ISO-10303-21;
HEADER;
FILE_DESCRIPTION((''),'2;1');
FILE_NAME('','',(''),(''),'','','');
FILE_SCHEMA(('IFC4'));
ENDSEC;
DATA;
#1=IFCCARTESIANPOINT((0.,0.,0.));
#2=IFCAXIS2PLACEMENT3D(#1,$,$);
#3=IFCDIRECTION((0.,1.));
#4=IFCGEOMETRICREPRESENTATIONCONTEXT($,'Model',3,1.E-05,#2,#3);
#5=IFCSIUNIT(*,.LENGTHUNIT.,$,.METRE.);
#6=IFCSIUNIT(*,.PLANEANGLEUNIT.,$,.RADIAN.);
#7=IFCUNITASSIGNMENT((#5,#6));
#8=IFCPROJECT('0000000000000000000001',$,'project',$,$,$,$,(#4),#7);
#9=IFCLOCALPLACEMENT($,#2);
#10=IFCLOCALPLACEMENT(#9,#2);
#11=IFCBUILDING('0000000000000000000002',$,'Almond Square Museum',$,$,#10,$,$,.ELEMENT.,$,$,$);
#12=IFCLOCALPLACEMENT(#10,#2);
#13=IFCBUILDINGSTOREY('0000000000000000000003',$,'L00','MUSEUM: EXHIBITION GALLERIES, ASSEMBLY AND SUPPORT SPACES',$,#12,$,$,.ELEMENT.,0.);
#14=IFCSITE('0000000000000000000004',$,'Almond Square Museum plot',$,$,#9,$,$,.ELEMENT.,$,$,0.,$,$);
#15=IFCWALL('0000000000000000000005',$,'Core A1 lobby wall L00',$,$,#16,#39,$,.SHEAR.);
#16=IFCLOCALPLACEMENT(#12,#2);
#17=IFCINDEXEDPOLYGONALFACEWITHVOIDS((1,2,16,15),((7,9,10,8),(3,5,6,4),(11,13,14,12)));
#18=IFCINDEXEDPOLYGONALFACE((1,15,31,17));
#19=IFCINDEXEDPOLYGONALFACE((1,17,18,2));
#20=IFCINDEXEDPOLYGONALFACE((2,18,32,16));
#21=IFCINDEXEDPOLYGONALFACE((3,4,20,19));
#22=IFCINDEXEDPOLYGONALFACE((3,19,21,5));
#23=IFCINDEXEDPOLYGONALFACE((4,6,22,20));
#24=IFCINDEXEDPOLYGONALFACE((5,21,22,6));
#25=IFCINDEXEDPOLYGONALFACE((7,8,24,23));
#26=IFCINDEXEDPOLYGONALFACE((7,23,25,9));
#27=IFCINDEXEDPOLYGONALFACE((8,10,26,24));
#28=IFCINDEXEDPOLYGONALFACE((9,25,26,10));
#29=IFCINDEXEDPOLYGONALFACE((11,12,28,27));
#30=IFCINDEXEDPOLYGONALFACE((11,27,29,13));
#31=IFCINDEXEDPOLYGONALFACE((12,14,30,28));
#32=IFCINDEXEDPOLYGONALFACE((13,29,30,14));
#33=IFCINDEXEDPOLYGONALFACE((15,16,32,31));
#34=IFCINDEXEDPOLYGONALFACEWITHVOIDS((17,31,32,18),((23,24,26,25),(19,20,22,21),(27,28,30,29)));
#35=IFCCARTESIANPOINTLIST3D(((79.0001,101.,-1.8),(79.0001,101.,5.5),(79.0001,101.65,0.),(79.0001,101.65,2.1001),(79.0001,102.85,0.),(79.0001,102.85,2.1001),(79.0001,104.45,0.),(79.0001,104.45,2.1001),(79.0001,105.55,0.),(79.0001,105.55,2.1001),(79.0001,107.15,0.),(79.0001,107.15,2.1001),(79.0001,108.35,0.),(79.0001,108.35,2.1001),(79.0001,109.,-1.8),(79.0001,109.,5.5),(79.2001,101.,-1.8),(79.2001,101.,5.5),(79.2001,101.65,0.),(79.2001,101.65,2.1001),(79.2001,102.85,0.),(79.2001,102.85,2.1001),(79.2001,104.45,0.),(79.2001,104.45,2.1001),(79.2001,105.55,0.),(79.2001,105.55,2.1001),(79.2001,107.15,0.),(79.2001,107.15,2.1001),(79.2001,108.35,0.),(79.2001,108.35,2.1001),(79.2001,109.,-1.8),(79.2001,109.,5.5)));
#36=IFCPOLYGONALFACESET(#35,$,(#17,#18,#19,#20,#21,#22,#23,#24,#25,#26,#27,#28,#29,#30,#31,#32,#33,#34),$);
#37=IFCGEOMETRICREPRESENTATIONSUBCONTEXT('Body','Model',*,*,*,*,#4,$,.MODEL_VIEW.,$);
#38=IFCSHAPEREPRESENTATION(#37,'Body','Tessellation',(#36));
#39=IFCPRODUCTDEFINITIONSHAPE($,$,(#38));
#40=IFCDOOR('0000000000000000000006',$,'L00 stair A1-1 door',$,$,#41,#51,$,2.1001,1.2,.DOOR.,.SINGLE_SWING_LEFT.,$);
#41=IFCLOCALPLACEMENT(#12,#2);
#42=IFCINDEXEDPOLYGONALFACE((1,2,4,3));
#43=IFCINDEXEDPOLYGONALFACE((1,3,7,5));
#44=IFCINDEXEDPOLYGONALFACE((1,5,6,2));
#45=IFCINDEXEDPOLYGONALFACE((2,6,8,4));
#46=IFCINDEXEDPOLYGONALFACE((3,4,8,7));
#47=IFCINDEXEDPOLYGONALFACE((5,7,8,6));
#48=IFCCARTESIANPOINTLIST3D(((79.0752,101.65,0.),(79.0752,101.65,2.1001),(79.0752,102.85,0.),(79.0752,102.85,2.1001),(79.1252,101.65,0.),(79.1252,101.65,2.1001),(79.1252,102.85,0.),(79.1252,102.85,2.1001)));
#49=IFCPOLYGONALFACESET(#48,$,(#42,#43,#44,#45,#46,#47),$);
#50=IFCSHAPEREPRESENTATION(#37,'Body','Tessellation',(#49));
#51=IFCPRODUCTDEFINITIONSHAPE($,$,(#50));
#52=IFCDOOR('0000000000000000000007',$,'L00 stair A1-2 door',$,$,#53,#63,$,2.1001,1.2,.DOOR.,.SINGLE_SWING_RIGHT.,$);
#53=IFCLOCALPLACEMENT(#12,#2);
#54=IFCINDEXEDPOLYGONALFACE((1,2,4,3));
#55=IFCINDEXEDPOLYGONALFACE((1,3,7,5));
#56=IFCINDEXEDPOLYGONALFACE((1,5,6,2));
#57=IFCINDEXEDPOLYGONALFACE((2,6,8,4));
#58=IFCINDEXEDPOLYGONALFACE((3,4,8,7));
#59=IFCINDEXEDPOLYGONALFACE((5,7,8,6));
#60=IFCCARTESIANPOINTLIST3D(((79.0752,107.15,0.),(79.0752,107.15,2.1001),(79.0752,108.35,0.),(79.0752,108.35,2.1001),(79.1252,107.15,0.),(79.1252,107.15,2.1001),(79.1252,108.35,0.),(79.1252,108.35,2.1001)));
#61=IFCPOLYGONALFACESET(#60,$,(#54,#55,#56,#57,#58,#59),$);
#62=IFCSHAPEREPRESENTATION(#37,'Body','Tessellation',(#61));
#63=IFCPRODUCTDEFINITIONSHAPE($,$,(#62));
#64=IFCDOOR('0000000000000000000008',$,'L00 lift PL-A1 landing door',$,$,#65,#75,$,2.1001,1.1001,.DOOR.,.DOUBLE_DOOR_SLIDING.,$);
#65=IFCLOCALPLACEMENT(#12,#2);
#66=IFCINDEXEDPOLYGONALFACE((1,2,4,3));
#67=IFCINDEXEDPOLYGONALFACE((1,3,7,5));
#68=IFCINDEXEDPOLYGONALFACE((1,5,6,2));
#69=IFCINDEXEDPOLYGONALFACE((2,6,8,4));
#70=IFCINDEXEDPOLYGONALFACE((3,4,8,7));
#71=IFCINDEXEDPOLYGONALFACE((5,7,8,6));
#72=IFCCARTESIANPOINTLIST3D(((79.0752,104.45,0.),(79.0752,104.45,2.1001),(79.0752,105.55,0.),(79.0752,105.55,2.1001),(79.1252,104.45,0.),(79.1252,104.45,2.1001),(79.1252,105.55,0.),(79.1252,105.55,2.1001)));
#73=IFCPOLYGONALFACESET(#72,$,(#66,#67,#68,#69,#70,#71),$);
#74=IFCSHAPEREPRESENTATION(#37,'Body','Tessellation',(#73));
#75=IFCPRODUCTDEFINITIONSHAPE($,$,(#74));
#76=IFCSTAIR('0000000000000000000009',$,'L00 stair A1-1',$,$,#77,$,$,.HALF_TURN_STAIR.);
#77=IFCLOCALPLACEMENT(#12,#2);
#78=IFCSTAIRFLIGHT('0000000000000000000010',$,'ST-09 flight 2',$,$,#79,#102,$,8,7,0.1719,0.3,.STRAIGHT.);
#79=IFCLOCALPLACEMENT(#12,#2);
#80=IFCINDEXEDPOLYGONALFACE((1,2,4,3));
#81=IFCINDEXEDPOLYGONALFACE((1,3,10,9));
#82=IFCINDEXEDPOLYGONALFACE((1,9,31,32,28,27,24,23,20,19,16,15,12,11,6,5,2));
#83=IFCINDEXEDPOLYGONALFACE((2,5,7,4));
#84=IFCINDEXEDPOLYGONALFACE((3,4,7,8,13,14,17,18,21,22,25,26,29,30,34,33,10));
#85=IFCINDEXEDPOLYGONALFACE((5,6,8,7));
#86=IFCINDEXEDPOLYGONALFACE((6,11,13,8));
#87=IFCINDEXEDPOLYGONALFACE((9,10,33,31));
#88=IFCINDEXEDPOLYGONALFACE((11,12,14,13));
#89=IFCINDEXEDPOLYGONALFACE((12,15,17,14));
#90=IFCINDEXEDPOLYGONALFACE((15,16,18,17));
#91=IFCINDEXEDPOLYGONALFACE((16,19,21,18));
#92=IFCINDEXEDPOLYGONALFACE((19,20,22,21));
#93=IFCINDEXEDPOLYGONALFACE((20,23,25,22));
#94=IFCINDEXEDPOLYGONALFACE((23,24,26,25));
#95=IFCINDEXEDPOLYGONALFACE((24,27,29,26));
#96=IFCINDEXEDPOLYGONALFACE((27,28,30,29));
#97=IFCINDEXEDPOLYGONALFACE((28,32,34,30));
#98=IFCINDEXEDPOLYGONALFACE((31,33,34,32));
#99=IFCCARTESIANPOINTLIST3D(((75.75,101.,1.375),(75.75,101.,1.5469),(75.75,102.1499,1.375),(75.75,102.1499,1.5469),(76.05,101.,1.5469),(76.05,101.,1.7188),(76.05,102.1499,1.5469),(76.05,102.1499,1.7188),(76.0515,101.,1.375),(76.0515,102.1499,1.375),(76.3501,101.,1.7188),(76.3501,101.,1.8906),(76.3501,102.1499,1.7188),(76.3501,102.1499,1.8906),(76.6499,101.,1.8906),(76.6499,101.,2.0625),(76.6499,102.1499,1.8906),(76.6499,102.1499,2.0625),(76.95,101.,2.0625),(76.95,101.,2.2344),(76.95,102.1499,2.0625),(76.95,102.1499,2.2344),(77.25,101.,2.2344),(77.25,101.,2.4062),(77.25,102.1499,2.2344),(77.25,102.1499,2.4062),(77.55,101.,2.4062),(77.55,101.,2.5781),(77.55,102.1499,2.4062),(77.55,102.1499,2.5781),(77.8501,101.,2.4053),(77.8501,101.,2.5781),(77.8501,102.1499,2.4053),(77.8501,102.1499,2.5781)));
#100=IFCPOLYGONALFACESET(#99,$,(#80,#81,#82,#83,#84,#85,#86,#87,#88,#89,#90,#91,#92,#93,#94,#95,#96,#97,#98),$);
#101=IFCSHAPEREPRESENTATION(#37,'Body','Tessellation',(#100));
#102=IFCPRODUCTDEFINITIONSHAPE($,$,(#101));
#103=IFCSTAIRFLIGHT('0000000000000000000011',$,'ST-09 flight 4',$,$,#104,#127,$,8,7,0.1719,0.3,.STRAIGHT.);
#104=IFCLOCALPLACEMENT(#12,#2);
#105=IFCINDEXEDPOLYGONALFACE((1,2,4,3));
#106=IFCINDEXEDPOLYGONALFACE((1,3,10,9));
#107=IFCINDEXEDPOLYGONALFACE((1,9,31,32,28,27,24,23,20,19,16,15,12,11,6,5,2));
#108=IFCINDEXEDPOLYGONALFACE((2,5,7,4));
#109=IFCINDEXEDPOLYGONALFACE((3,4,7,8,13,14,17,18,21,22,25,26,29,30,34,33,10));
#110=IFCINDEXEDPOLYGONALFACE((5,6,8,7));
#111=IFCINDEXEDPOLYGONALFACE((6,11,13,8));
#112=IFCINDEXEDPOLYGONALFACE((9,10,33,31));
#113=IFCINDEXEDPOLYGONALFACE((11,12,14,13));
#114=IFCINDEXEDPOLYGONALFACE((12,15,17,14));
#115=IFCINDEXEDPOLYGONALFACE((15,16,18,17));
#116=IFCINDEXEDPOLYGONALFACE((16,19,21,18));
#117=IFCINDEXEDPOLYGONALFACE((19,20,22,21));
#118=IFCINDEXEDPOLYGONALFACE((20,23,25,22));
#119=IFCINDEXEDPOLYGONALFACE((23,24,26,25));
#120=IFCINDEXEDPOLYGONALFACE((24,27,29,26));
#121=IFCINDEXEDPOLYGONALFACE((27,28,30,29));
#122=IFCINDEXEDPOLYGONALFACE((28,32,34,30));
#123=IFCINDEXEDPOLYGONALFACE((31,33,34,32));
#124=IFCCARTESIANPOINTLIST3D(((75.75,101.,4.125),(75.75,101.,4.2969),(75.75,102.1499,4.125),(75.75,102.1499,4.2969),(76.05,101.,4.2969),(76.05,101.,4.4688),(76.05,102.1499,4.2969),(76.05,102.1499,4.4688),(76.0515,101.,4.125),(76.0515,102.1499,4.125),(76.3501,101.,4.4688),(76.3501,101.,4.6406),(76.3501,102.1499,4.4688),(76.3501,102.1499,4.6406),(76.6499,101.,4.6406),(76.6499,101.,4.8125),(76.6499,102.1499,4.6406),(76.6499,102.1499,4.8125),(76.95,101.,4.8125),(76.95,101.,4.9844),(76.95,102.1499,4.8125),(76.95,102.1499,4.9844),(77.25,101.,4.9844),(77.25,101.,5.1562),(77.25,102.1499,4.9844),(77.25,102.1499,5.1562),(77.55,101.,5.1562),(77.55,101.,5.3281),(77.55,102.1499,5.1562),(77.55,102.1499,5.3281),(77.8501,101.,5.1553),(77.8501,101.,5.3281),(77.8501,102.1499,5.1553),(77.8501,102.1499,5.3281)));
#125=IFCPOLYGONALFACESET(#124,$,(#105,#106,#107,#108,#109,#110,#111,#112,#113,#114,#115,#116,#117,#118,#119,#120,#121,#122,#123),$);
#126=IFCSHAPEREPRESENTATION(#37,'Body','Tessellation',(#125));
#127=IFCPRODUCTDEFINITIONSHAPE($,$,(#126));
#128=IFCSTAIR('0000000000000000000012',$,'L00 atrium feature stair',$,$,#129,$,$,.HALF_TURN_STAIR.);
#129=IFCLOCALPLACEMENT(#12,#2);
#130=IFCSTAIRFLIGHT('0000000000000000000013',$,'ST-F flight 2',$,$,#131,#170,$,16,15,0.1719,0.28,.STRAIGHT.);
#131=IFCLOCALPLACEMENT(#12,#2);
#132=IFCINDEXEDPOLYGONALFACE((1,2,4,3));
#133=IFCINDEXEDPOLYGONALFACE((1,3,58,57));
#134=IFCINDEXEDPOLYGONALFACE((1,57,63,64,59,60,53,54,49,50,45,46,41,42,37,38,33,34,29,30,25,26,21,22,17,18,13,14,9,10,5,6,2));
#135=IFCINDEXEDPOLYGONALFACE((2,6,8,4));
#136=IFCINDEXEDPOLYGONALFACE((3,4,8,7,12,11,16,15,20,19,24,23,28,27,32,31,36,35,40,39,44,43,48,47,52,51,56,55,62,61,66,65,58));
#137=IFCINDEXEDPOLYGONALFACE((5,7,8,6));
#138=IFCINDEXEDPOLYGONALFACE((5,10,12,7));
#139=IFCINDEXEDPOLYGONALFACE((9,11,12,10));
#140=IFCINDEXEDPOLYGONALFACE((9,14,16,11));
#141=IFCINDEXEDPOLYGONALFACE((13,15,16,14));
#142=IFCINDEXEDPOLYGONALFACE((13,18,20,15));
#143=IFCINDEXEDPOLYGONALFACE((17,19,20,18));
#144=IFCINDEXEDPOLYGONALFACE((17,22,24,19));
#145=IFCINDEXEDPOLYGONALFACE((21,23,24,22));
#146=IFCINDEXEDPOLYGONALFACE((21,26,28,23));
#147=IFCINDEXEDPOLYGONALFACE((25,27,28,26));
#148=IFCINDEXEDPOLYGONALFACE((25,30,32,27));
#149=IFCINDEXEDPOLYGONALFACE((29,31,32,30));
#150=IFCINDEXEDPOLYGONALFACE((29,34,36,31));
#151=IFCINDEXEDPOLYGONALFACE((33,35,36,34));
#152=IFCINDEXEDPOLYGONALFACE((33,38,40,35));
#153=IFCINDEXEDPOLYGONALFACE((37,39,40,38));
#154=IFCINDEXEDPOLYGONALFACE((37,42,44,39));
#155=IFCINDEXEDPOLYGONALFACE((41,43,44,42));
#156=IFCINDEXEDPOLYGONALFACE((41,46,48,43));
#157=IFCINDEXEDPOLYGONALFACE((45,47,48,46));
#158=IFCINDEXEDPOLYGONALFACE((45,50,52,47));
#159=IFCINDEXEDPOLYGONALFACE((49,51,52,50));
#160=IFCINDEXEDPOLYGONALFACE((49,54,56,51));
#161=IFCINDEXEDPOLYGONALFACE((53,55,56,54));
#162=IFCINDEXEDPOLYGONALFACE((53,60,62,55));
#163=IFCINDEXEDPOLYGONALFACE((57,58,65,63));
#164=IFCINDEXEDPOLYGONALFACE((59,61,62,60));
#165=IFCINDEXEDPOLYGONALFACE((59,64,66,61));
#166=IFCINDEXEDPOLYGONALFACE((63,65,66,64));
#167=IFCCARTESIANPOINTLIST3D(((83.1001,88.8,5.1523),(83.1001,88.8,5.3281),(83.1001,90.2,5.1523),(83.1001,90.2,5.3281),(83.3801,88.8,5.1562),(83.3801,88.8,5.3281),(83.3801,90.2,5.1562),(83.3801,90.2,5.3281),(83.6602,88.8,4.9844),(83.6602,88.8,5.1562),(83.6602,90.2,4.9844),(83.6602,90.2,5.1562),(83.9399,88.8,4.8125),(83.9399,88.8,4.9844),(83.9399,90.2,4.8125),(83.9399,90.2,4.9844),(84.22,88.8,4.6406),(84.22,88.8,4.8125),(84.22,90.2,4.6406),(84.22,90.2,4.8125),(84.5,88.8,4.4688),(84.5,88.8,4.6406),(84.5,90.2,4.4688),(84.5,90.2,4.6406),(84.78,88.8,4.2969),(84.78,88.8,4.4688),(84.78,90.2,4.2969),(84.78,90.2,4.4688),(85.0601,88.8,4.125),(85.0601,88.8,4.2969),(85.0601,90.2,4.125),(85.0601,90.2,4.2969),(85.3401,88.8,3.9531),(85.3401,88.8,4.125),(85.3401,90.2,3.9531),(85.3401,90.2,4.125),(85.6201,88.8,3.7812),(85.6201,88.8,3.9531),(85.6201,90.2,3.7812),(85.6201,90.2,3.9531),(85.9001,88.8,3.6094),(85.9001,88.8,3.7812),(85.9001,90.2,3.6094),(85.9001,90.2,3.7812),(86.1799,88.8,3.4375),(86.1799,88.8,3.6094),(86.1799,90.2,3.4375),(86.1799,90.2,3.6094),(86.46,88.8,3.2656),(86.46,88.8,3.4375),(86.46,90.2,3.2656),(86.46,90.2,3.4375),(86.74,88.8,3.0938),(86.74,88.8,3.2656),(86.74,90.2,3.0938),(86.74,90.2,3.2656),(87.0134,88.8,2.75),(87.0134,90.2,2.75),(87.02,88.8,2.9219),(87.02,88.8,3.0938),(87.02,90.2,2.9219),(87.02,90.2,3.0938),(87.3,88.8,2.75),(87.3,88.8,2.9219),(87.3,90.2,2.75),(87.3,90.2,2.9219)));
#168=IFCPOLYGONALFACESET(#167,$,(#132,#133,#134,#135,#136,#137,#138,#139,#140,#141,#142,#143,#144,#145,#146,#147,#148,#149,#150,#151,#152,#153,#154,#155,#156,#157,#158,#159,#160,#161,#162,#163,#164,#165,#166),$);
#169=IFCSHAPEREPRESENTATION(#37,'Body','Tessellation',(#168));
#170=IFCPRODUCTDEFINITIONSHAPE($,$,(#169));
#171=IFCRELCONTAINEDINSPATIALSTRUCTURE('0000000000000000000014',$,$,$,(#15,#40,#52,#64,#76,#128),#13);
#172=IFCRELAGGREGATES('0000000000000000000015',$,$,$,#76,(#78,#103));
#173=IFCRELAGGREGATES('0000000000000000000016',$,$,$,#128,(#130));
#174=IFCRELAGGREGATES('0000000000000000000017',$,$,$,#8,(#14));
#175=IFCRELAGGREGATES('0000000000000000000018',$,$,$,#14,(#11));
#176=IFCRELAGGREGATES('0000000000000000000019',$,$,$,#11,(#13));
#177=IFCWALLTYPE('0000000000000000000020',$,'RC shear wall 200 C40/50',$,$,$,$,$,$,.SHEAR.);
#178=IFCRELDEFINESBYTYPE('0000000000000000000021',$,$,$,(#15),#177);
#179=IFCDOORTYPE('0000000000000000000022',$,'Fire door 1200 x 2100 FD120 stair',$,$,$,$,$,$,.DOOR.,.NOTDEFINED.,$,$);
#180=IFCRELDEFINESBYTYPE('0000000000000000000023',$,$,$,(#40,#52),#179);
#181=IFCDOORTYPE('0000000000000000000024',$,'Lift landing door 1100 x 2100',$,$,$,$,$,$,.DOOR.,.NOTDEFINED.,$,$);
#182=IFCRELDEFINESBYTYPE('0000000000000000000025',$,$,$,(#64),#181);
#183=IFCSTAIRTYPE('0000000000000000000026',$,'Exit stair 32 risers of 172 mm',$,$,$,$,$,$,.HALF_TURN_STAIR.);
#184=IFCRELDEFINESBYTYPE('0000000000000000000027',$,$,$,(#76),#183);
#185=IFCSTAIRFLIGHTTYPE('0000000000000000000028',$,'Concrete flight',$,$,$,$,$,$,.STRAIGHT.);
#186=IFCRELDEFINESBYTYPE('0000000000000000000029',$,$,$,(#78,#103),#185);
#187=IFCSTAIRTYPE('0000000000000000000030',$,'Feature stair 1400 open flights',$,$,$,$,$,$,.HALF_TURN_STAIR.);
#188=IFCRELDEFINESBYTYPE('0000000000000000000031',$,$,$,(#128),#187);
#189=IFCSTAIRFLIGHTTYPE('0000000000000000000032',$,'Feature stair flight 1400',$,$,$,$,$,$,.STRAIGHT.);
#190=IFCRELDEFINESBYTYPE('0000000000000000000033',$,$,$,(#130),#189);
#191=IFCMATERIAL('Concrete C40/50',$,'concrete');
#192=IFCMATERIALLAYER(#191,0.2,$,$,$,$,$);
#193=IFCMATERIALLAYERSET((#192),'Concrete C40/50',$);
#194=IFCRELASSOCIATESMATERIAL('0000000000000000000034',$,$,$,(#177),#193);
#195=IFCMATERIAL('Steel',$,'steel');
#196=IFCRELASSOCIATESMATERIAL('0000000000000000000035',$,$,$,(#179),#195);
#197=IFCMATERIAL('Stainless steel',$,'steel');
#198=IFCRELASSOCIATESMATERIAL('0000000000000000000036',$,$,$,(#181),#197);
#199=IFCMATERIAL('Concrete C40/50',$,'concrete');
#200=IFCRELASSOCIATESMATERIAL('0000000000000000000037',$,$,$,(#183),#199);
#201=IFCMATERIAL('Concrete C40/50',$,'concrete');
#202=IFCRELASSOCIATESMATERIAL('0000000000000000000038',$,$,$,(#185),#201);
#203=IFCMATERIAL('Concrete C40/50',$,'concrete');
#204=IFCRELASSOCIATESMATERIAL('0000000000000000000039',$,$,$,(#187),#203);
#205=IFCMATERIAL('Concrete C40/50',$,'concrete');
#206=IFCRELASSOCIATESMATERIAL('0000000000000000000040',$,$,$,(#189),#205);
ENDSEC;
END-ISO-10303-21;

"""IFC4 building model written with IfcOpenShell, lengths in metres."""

from ifc_helpers import new_model, si_unit, direction, frame, frame_2d, origin, place, context, subcontext, project, spatial, polyline, rectangle, outline, extrude, material, layer, layer_set, type_object, element, fill, aggregate, save


model = new_model("IFC4")

# Units and contexts
model_context = context("Model", 3, precision=1e-05, world=origin(), true_north=direction((0.0, 1.0)))
body_context = subcontext(model_context, "Body", "Model", "MODEL_VIEW")
ifc_project = project(units=[si_unit("LENGTHUNIT", "METRE"), si_unit("PLANEANGLEUNIT", "RADIAN")], contexts=[model_context])

# Site, building, storey
site_placement = place(None, origin())
site = spatial("IfcSite", under=ifc_project, at=site_placement, Name="Almond Square Museum plot", CompositionType="ELEMENT", RefElevation=0.0)
building_placement = place(site_placement, origin())
building = spatial("IfcBuilding", under=site, at=building_placement, Name="Almond Square Museum", CompositionType="ELEMENT")
storey_placement = place(building_placement, origin())
storey = spatial("IfcBuildingStorey", under=building, at=storey_placement, Name="L00", Description="MUSEUM: EXHIBITION GALLERIES, ASSEMBLY AND SUPPORT SPACES", CompositionType="ELEMENT", Elevation=0.0)

# Shared definitions
ifc_material_1 = material(Name="Concrete C40/50", Category="concrete")
ifc_layer_1 = layer(ifc_material_1, 0.2)
ifc_layer_set_1 = layer_set([ifc_layer_1], Name="Concrete C40/50")
wall_type_1 = type_object("IfcWallType", Name="RC shear wall 200 C40/50", PredefinedType="SHEAR", material=ifc_layer_set_1)

# Wall, openings, doors
wall_1_placement = place(storey_placement, frame((79.1001, 101.0, -1.8), z_axis=(0.0, 0.0, 1.0), x_axis=(0.0, 1.0, 0.0)))
wall_1 = element("IfcWall", 1, at=wall_1_placement, inside=storey, type_object=wall_type_1, Name="Core A1 lobby wall L00", PredefinedType="SHEAR", context=body_context, shape_type="SweptSolid", body=[
    extrude(rectangle(XDim=8.0, YDim=0.2, at=frame_2d((4.0, 0.0))), origin(), (0.0, 0.0, 1.0), 7.3),
])
opening_1_placement = place(wall_1_placement, frame((0.6499, 0.0, 1.8)))
opening_1 = element("IfcOpeningElement", 2, at=opening_1_placement, cuts=wall_1, PredefinedType="OPENING", context=body_context, shape_type="SweptSolid", body=[
    extrude(rectangle(XDim=1.2, YDim=2.1001, at=frame_2d((0.6001, 1.05))), frame((0.0, 0.1099, 0.0), z_axis=(0.0, -1.0, 0.0), x_axis=(1.0, 0.0, 0.0)), (0.0, 0.0, 1.0), 0.22),
])
opening_2_placement = place(wall_1_placement, frame((6.1499, 0.0, 1.8)))
opening_2 = element("IfcOpeningElement", 3, at=opening_2_placement, cuts=wall_1, PredefinedType="OPENING", context=body_context, shape_type="SweptSolid", body=[
    extrude(rectangle(XDim=1.2, YDim=2.1001, at=frame_2d((0.6001, 1.05))), frame((0.0, 0.1099, 0.0), z_axis=(0.0, -1.0, 0.0), x_axis=(1.0, 0.0, 0.0)), (0.0, 0.0, 1.0), 0.22),
])
opening_3_placement = place(wall_1_placement, frame((3.45, 0.0, 1.8)))
opening_3 = element("IfcOpeningElement", 4, at=opening_3_placement, cuts=wall_1, PredefinedType="OPENING", context=body_context, shape_type="SweptSolid", body=[
    extrude(rectangle(XDim=1.1001, YDim=2.1001, at=frame_2d((0.55, 1.05))), frame((0.0, 0.1099, 0.0), z_axis=(0.0, -1.0, 0.0), x_axis=(1.0, 0.0, 0.0)), (0.0, 0.0, 1.0), 0.22),
])
ifc_material_2 = material(Name="Steel", Category="steel")
door_type_1 = type_object("IfcDoorType", Name="Fire door 1200 x 2100 FD120 stair", OperationType="NOTDEFINED", PredefinedType="DOOR", material=ifc_material_2)
door_1_placement = place(opening_1_placement, origin())
door_1 = element("IfcDoor", 5, at=door_1_placement, inside=storey, type_object=door_type_1, Name="L00 stair A1-1 door", OperationType="SINGLE_SWING_LEFT", OverallHeight=2.1001, OverallWidth=1.2, PredefinedType="DOOR", context=body_context, shape_type="SweptSolid", body=[
    extrude(rectangle(XDim=1.2, YDim=2.1001, at=frame_2d((0.6001, 1.05))), frame((0.0, 0.0249, 0.0), z_axis=(0.0, -1.0, 0.0), x_axis=(1.0, 0.0, 0.0)), (0.0, 0.0, 1.0), 0.05),
])
fill(opening_1, door_1)
door_2_placement = place(opening_2_placement, origin())
door_2 = element("IfcDoor", 6, at=door_2_placement, inside=storey, type_object=door_type_1, Name="L00 stair A1-2 door", OperationType="SINGLE_SWING_RIGHT", OverallHeight=2.1001, OverallWidth=1.2, PredefinedType="DOOR", context=body_context, shape_type="SweptSolid", body=[
    extrude(rectangle(XDim=1.2, YDim=2.1001, at=frame_2d((0.6001, 1.05))), frame((0.0, 0.0249, 0.0), z_axis=(0.0, -1.0, 0.0), x_axis=(1.0, 0.0, 0.0)), (0.0, 0.0, 1.0), 0.05),
])
fill(opening_2, door_2)
ifc_material_3 = material(Name="Stainless steel", Category="steel")
door_type_2 = type_object("IfcDoorType", Name="Lift landing door 1100 x 2100", OperationType="NOTDEFINED", PredefinedType="DOOR", material=ifc_material_3)
door_3_placement = place(opening_3_placement, origin())
door_3 = element("IfcDoor", 7, at=door_3_placement, inside=storey, type_object=door_type_2, Name="L00 lift PL-A1 landing door", OperationType="DOUBLE_DOOR_SLIDING", OverallHeight=2.1001, OverallWidth=1.1001, PredefinedType="DOOR", context=body_context, shape_type="SweptSolid", body=[
    extrude(rectangle(XDim=1.1001, YDim=2.1001, at=frame_2d((0.55, 1.05))), frame((0.0, 0.0249, 0.0), z_axis=(0.0, -1.0, 0.0), x_axis=(1.0, 0.0, 0.0)), (0.0, 0.0, 1.0), 0.05),
])
fill(opening_3, door_3)

# Stair, stair flights
ifc_material_4 = material(Name="Concrete C40/50", Category="concrete")
stair_type_1 = type_object("IfcStairType", Name="Exit stair 32 risers of 172 mm", PredefinedType="HALF_TURN_STAIR", material=ifc_material_4)
stair_1_placement = place(storey_placement, origin())
stair_1 = element("IfcStair", 8, at=stair_1_placement, inside=storey, type_object=stair_type_1, Name="L00 stair A1-1", PredefinedType="HALF_TURN_STAIR")
ifc_material_5 = material(Name="Concrete C40/50", Category="concrete")
stair_flight_type_1 = type_object("IfcStairFlightType", Name="Concrete flight", PredefinedType="STRAIGHT", material=ifc_material_5)
stair_flight_1_placement = place(storey_placement, frame((75.75, 101.575, 1.375), z_axis=(0.0, 0.0, 1.0), x_axis=(1.0, 0.0, 0.0)))
stair_flight_1 = element("IfcStairFlight", 9, at=stair_flight_1_placement, type_object=stair_flight_type_1, Name="ST-09 flight 2", NumberOfRisers=8, NumberOfTreads=7, PredefinedType="STRAIGHT", RiserHeight=0.1719, TreadLength=0.3, context=body_context, shape_type="SweptSolid", body=[
    extrude(outline(polyline([(0.0, 0.0), (0.0, 0.1719), (0.3, 0.1719), (0.3, 0.3438), (0.6001, 0.3438), (0.6001, 0.5156), (0.8999, 0.5156), (0.8999, 0.6875), (1.2, 0.6875), (1.2, 0.8594), (1.5, 0.8594), (1.5, 1.0312), (1.8, 1.0312), (1.8, 1.2031), (2.1001, 1.2031), (2.1001, 1.375), (2.1001, 1.0303), (0.3015, 0.0), (0.0, 0.0)])), frame((0.0, 0.575, 0.0), z_axis=(0.0, -1.0, 0.0), x_axis=(1.0, 0.0, 0.0)), (0.0, 0.0, 1.0), 1.1499),
])
stair_flight_2_placement = place(storey_placement, frame((75.75, 101.575, 4.125), z_axis=(0.0, 0.0, 1.0), x_axis=(1.0, 0.0, 0.0)))
stair_flight_2 = element("IfcStairFlight", 10, at=stair_flight_2_placement, type_object=stair_flight_type_1, Name="ST-09 flight 4", NumberOfRisers=8, NumberOfTreads=7, PredefinedType="STRAIGHT", RiserHeight=0.1719, TreadLength=0.3, context=body_context, shape_type="SweptSolid", body=[
    extrude(outline(polyline([(0.0, 0.0), (0.0, 0.1719), (0.3, 0.1719), (0.3, 0.3438), (0.6001, 0.3438), (0.6001, 0.5156), (0.8999, 0.5156), (0.8999, 0.6875), (1.2, 0.6875), (1.2, 0.8594), (1.5, 0.8594), (1.5, 1.0312), (1.8, 1.0312), (1.8, 1.2031), (2.1001, 1.2031), (2.1001, 1.375), (2.1001, 1.0303), (0.3015, 0.0), (0.0, 0.0)])), frame((0.0, 0.575, 0.0), z_axis=(0.0, -1.0, 0.0), x_axis=(1.0, 0.0, 0.0)), (0.0, 0.0, 1.0), 1.1499),
])
aggregate(stair_1, [stair_flight_1, stair_flight_2])

# Stair, stair flight
ifc_material_6 = material(Name="Concrete C40/50", Category="concrete")
stair_type_2 = type_object("IfcStairType", Name="Feature stair 1400 open flights", PredefinedType="HALF_TURN_STAIR", material=ifc_material_6)
stair_2_placement = place(storey_placement, origin())
stair_2 = element("IfcStair", 11, at=stair_2_placement, inside=storey, type_object=stair_type_2, Name="L00 atrium feature stair", PredefinedType="HALF_TURN_STAIR")
ifc_material_7 = material(Name="Concrete C40/50", Category="concrete")
stair_flight_type_2 = type_object("IfcStairFlightType", Name="Feature stair flight 1400", PredefinedType="STRAIGHT", material=ifc_material_7)
stair_flight_3_placement = place(storey_placement, frame((87.3, 89.5, 2.75), z_axis=(0.0, 0.0, 1.0), x_axis=(-1.0, 0.0, 0.0)))
stair_flight_3 = element("IfcStairFlight", 12, at=stair_flight_3_placement, type_object=stair_flight_type_2, Name="ST-F flight 2", NumberOfRisers=16, NumberOfTreads=15, PredefinedType="STRAIGHT", RiserHeight=0.1719, TreadLength=0.28, context=body_context, shape_type="SweptSolid", body=[
    extrude(outline(polyline([(0.0, 0.0), (0.0, 0.1719), (0.28, 0.1719), (0.28, 0.3438), (0.5601, 0.3438), (0.5601, 0.5156), (0.8401, 0.5156), (0.8401, 0.6875), (1.1201, 0.6875), (1.1201, 0.8594), (1.3999, 0.8594), (1.3999, 1.0312), (1.6799, 1.0312), (1.6799, 1.2031), (1.96, 1.2031), (1.96, 1.375), (2.24, 1.375), (2.24, 1.5469), (2.52, 1.5469), (2.52, 1.7188), (2.8, 1.7188), (2.8, 1.8906), (3.0801, 1.8906), (3.0801, 2.0625), (3.3601, 2.0625), (3.3601, 2.2344), (3.6399, 2.2344), (3.6399, 2.4062), (3.9199, 2.4062), (3.9199, 2.5781), (4.2, 2.5781), (4.2, 2.75), (4.2, 2.4023), (0.2866, 0.0), (0.0, 0.0)])), frame((0.0, 0.7, 0.0), z_axis=(0.0, -1.0, 0.0), x_axis=(1.0, 0.0, 0.0)), (0.0, 0.0, 1.0), 1.3999),
])
aggregate(stair_2, [stair_flight_3])

save(model, "model.ifc")
